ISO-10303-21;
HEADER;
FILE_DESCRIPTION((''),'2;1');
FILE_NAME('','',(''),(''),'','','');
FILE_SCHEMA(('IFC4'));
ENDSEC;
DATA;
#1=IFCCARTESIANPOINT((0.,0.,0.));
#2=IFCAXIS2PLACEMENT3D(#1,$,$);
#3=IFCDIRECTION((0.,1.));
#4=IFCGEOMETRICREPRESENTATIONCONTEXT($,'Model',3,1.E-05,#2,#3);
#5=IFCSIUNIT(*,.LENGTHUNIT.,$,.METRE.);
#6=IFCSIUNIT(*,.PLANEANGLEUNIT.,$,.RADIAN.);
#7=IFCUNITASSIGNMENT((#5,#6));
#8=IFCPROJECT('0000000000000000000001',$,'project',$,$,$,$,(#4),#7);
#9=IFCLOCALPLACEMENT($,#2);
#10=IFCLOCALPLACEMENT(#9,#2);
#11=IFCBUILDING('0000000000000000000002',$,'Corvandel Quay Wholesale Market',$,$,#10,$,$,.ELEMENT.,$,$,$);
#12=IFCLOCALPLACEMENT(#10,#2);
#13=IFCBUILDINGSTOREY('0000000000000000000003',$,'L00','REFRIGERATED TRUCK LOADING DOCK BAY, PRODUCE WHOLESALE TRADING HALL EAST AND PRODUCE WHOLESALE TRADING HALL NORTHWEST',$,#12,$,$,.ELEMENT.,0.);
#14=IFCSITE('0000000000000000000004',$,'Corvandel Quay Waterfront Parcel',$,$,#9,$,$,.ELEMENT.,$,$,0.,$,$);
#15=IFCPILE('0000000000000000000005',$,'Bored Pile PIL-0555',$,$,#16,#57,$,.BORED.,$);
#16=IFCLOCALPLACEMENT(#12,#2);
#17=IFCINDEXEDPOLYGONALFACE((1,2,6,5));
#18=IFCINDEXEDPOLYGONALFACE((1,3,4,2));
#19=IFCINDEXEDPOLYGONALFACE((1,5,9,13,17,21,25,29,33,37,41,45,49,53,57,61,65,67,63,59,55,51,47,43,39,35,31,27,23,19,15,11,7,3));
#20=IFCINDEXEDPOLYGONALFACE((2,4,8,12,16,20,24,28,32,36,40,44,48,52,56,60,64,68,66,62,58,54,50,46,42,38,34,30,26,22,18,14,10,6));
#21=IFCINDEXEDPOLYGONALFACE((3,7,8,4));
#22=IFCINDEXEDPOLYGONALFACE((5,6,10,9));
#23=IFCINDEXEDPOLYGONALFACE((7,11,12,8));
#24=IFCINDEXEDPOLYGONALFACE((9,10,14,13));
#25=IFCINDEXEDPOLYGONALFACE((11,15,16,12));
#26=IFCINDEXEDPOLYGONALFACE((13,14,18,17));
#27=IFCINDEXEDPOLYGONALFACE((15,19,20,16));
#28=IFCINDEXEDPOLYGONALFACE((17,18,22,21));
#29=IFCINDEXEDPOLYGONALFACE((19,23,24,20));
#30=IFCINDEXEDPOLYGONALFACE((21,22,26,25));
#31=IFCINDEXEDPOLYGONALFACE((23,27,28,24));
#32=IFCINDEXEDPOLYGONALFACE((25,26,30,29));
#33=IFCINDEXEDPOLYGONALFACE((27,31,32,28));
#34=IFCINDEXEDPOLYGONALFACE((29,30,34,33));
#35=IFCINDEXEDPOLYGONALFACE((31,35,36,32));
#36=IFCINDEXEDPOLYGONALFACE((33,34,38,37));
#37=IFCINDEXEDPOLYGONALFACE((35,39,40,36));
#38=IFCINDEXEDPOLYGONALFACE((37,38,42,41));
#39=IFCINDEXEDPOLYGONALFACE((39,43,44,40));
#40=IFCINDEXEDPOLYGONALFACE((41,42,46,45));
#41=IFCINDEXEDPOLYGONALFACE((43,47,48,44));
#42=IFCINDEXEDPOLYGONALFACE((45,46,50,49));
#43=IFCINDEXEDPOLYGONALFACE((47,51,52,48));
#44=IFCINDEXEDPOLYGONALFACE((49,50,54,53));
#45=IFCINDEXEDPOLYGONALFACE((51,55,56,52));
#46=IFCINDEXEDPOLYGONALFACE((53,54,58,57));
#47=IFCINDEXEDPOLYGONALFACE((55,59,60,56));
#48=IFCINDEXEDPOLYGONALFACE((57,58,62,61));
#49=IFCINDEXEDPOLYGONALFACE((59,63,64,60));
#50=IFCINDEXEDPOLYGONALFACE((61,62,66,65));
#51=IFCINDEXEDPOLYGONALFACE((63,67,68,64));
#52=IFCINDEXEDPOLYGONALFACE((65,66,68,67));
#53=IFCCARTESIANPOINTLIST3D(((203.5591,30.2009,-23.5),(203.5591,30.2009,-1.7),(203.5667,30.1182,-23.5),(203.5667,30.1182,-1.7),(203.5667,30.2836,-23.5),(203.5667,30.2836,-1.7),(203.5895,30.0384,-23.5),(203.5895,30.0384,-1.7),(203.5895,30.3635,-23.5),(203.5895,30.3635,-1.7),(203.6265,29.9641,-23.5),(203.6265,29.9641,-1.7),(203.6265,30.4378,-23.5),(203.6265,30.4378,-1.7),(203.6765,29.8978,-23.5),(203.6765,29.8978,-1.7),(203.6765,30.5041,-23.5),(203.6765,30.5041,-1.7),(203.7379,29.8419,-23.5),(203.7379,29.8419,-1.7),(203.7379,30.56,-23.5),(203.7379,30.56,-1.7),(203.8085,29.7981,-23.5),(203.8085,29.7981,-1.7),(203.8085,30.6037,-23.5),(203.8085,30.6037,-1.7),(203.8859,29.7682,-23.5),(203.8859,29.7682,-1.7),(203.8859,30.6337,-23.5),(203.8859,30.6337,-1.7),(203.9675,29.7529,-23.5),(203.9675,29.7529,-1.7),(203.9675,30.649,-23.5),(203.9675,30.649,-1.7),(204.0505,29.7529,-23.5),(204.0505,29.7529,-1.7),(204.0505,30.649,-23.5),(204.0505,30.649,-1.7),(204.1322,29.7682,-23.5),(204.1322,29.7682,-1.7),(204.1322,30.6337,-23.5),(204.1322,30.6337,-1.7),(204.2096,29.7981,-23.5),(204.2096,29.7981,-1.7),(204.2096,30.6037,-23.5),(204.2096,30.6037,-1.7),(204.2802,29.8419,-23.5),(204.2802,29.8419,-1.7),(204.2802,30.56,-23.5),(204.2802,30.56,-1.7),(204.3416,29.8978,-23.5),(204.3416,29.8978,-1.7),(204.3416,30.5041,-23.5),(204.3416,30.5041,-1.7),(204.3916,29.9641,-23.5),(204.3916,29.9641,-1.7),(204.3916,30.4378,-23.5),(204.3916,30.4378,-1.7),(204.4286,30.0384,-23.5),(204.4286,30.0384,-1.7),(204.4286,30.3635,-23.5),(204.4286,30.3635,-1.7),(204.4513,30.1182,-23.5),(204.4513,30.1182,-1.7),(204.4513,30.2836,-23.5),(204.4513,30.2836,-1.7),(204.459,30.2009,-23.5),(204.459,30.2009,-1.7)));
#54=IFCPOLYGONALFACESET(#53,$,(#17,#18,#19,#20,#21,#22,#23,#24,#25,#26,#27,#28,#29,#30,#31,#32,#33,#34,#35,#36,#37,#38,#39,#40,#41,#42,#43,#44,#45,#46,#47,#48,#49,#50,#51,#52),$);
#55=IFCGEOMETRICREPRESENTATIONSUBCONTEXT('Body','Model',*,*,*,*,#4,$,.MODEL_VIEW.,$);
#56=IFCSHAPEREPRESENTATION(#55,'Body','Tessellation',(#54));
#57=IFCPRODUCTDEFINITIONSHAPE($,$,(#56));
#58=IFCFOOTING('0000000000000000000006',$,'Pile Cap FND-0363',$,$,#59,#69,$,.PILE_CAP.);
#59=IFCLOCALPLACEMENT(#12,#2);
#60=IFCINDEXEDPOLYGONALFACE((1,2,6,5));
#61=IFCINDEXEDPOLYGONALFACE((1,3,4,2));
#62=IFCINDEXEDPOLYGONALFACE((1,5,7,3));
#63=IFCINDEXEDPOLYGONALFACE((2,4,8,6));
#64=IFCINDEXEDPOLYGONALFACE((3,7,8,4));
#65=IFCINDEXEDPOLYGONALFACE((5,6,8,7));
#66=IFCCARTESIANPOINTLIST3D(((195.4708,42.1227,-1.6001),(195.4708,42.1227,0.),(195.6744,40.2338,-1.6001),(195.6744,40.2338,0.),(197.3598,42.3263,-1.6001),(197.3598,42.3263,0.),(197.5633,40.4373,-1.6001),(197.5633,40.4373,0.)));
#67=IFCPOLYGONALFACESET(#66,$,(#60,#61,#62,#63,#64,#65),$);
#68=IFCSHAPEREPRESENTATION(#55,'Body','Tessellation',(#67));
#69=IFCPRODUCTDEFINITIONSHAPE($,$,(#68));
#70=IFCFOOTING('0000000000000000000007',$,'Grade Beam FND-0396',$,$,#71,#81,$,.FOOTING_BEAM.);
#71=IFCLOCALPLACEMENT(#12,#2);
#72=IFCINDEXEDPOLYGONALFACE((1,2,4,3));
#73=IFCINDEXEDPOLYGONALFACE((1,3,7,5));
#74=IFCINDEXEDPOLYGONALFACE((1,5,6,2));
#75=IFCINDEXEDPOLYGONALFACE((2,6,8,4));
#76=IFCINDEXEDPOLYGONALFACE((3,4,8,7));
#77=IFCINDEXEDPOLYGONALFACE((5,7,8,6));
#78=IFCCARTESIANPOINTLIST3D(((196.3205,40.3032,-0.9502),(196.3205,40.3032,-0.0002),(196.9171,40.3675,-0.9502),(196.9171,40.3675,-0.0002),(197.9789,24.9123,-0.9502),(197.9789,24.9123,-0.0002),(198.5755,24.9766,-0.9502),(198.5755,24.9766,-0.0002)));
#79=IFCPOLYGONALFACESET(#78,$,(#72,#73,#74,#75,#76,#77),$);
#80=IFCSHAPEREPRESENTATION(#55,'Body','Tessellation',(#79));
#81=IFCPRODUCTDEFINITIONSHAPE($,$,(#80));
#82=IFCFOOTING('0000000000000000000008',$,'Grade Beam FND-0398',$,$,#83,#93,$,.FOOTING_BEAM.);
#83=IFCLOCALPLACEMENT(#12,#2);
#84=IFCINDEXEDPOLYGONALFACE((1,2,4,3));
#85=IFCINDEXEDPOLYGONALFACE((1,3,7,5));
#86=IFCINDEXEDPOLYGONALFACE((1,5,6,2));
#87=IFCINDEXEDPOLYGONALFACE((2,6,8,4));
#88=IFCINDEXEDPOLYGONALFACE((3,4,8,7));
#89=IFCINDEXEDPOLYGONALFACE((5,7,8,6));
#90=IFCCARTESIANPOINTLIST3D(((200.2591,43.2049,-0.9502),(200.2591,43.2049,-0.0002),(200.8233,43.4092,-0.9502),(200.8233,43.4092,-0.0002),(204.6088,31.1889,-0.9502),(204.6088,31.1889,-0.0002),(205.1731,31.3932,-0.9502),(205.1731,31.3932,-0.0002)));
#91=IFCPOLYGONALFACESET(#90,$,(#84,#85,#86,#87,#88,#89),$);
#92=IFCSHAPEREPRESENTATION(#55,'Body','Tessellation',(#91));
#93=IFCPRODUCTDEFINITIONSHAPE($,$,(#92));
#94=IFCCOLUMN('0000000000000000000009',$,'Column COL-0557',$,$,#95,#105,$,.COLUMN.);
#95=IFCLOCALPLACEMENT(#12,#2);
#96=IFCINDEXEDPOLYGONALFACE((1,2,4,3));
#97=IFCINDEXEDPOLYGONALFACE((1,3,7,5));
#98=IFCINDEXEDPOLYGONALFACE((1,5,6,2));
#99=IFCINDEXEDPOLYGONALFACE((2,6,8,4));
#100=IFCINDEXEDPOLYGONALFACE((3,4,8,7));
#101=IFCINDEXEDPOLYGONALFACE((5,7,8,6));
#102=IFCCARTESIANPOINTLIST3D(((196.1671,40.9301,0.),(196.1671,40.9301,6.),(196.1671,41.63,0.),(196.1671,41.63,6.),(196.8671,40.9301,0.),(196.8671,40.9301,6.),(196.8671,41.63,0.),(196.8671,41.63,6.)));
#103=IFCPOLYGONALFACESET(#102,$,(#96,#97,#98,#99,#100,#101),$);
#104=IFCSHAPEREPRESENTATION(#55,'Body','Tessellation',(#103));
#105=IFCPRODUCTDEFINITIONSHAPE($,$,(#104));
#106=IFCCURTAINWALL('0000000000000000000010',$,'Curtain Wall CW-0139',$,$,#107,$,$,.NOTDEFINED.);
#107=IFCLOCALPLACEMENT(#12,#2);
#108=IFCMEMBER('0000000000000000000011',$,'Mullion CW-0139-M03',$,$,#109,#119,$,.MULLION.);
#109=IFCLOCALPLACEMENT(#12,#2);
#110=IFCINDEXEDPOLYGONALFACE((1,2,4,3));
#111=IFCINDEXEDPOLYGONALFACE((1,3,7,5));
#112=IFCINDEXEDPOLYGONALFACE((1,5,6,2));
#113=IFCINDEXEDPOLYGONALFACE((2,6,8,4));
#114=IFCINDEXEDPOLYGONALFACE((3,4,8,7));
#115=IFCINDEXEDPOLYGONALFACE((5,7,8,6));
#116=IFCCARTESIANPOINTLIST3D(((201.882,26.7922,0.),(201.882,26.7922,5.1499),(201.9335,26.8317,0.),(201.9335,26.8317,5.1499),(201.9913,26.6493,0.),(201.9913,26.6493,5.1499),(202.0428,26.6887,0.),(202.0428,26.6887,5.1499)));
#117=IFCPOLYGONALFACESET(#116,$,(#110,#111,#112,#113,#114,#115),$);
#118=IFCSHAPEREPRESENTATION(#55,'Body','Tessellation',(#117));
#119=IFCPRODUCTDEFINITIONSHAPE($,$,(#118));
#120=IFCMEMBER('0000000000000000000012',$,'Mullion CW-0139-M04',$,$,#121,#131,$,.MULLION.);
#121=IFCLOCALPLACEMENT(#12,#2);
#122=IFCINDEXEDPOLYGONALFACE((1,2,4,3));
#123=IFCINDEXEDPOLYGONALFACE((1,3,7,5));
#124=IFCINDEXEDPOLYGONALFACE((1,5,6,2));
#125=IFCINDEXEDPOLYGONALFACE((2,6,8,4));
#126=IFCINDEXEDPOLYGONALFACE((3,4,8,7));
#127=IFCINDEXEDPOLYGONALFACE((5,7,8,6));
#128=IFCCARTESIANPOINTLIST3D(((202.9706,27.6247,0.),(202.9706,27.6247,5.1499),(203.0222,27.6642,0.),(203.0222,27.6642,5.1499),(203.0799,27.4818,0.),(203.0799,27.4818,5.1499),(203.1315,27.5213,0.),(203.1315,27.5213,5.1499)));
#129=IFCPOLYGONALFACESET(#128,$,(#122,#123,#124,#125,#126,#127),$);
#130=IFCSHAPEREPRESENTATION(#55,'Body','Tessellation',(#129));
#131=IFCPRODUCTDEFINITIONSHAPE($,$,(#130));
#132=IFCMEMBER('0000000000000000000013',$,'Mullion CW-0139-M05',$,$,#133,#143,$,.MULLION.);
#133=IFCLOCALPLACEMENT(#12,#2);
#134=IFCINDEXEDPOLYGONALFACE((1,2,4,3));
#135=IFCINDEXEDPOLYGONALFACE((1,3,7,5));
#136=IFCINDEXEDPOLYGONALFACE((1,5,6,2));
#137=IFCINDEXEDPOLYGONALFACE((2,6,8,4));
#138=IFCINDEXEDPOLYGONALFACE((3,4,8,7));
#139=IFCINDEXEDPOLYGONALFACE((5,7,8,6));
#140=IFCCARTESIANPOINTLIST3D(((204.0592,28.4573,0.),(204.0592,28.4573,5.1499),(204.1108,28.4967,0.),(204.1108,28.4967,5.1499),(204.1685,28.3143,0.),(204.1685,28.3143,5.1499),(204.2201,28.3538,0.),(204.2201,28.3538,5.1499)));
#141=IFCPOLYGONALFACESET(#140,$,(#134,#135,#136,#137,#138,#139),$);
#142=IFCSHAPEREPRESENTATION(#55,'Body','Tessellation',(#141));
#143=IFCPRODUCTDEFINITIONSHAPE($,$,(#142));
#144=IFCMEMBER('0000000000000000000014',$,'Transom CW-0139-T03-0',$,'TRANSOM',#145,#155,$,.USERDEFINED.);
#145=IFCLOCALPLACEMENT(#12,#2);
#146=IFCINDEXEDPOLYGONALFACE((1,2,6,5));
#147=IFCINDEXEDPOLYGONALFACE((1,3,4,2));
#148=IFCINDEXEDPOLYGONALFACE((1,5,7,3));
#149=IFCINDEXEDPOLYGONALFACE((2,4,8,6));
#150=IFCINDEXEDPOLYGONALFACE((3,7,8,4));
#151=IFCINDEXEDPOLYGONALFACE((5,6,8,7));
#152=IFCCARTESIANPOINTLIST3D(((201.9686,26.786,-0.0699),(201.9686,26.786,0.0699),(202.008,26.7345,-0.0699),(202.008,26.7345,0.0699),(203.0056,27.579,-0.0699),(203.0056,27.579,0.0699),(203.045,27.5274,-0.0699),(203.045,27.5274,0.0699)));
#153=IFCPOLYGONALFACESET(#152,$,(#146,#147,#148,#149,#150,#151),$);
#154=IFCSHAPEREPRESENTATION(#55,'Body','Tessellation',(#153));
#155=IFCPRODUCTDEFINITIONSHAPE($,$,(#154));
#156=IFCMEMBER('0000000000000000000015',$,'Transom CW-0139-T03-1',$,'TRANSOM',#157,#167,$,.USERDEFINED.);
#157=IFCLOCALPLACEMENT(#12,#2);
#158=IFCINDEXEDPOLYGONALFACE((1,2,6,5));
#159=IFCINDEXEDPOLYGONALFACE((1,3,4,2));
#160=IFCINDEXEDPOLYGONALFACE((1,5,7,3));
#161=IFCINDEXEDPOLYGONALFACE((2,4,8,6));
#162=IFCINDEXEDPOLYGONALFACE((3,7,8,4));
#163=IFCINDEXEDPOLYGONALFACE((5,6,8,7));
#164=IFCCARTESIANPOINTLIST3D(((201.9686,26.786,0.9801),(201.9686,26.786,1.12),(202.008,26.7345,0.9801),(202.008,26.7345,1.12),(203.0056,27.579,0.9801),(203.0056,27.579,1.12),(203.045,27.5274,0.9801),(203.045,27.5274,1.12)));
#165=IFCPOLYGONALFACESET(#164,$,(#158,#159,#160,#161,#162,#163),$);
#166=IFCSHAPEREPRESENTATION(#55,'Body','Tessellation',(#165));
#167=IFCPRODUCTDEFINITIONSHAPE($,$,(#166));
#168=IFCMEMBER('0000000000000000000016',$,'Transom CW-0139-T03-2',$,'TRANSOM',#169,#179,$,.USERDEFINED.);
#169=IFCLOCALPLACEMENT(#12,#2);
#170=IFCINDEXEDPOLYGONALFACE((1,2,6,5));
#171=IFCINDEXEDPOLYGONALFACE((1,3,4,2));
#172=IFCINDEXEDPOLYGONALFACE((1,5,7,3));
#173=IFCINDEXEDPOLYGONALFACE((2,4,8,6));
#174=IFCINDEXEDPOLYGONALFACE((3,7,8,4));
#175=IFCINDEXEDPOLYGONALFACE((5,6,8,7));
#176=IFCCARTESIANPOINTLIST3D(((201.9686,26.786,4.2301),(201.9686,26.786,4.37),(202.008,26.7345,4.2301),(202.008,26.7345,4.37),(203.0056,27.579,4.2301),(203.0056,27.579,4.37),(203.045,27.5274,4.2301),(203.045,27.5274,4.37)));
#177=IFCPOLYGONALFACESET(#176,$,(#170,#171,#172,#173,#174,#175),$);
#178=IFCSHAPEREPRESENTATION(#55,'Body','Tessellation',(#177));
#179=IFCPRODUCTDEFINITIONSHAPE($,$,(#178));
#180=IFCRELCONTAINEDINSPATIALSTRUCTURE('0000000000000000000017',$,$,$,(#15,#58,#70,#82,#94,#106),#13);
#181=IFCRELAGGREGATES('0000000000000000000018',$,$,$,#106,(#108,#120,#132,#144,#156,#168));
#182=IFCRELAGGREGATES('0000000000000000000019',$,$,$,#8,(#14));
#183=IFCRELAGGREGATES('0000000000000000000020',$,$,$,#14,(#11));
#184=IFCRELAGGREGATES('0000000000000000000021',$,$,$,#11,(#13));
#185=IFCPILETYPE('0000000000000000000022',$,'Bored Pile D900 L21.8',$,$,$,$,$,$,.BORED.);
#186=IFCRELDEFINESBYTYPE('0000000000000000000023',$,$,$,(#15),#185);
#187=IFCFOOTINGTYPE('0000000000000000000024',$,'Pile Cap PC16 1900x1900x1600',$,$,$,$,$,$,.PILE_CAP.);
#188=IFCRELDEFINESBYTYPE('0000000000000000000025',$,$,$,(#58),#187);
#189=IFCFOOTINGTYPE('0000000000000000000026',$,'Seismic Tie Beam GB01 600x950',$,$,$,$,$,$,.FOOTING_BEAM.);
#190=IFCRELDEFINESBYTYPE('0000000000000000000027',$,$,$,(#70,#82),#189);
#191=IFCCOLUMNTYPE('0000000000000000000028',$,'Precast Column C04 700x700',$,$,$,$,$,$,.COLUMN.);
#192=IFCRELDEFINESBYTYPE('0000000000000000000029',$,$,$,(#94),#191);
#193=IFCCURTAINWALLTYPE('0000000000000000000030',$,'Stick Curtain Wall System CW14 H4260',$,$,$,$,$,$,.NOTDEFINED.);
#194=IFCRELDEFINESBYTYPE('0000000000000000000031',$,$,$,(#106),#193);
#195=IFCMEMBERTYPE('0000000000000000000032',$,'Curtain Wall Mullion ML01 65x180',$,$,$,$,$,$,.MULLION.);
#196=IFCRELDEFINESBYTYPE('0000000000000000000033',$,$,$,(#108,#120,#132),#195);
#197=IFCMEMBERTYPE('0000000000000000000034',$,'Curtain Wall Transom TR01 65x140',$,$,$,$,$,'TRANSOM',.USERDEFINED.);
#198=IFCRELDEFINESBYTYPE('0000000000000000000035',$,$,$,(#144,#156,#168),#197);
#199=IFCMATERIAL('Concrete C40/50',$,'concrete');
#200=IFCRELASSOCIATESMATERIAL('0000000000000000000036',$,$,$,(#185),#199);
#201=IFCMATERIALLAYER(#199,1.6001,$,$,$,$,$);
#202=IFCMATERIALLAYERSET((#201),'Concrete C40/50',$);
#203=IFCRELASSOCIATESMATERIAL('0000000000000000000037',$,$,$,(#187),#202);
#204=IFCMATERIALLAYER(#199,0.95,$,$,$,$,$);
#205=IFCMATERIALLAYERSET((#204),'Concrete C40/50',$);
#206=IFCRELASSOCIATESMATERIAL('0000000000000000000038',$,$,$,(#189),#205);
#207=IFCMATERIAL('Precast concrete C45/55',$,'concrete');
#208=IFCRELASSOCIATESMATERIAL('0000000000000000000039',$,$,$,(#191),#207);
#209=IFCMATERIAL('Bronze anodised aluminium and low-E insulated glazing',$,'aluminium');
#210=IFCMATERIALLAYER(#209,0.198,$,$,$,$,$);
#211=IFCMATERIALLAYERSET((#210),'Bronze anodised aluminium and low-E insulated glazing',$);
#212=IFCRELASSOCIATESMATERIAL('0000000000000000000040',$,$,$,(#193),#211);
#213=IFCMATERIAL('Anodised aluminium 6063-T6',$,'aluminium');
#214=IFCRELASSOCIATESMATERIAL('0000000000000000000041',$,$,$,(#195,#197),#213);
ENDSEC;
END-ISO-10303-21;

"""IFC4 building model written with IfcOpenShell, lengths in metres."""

from ifc_helpers import new_model, si_unit, direction, frame, origin, origin_2d, place, context, subcontext, project, spatial, rectangle, circle, extrude, material, layer, layer_set, material_profile, profile_set, type_object, element, aggregate, save


model = new_model("IFC4")

# Units and contexts
model_context = context("Model", 3, precision=1e-05, world=origin(), true_north=direction((0.0, 1.0)))
body_context = subcontext(model_context, "Body", "Model", "MODEL_VIEW")
ifc_project = project(units=[si_unit("LENGTHUNIT", "METRE"), si_unit("PLANEANGLEUNIT", "RADIAN")], contexts=[model_context])

# Site, building, storey
site_placement = place(None, origin())
site = spatial("IfcSite", under=ifc_project, at=site_placement, Name="Corvandel Quay Waterfront Parcel", CompositionType="ELEMENT", RefElevation=0.0)
building_placement = place(site_placement, origin())
building = spatial("IfcBuilding", under=site, at=building_placement, Name="Corvandel Quay Wholesale Market", CompositionType="ELEMENT")
storey_placement = place(building_placement, origin())
storey = spatial("IfcBuildingStorey", under=building, at=storey_placement, Name="L00", Description="REFRIGERATED TRUCK LOADING DOCK BAY, PRODUCE WHOLESALE TRADING HALL EAST AND PRODUCE WHOLESALE TRADING HALL NORTHWEST", CompositionType="ELEMENT", Elevation=0.0)

# Pile
ifc_material_1 = material(Name="Concrete C40/50", Category="concrete")
ifc_material_profile_1 = material_profile(ifc_material_1, circle(Radius=0.45, at=origin_2d()), Name="RC-PILE-D900")
ifc_profile_set_1 = profile_set([ifc_material_profile_1], Name="Concrete C40/50")
pile_type_1 = type_object("IfcPileType", Name="Bored Pile D900 L21.8", PredefinedType="BORED", material=ifc_profile_set_1)
for number, where, z_axis, x_axis, name in (
    (1, (204.009, 30.2009, -1.7), (0.0, 0.0, -1.0), (1.0, 0.0, 0.0), "Bored Pile PIL-0555"),
):
    element("IfcPile", number, at=place(storey_placement, frame(where, z_axis=z_axis, x_axis=x_axis)), inside=storey, type_object=pile_type_1, Name=name, PredefinedType="BORED", context=body_context, shape_type="SweptSolid", body=[
        extrude(circle(Radius=0.45, at=origin_2d()), origin(), (0.0, 0.0, 1.0), 21.8),
    ])

# Footings
ifc_layer_1 = layer(ifc_material_1, 1.6001)
ifc_layer_set_1 = layer_set([ifc_layer_1], Name="Concrete C40/50")
footing_type_1 = type_object("IfcFootingType", Name="Pile Cap PC16 1900x1900x1600", PredefinedType="PILE_CAP", material=ifc_layer_set_1)
footing_1_placement = place(storey_placement, frame((196.5171, 41.28, -1.6001), z_axis=(0.0, 0.0, 1.0), x_axis=(0.994245, 0.107132, 0.0)))
element("IfcFooting", 2, at=footing_1_placement, inside=storey, type_object=footing_type_1, Name="Pile Cap FND-0363", PredefinedType="PILE_CAP", context=body_context, shape_type="SweptSolid", body=[
    extrude(rectangle(XDim=1.8999, YDim=1.8999, at=origin_2d()), origin(), (0.0, 0.0, 1.0), 1.6001),
])
ifc_layer_2 = layer(ifc_material_1, 0.95)
ifc_layer_set_2 = layer_set([ifc_layer_2], Name="Concrete C40/50")
footing_type_2 = type_object("IfcFootingType", Name="Seismic Tie Beam GB01 600x950", PredefinedType="FOOTING_BEAM", material=ifc_layer_set_2)
footing_2_placement = place(storey_placement, frame((197.448, 32.6399, -0.9502), z_axis=(0.0, 0.0, 1.0), x_axis=(-0.107132, 0.994245, 0.0)))
element("IfcFooting", 3, at=footing_2_placement, inside=storey, type_object=footing_type_2, Name="Grade Beam FND-0396", PredefinedType="FOOTING_BEAM", context=body_context, shape_type="SweptSolid", body=[
    extrude(rectangle(XDim=15.48, YDim=0.6001, at=origin_2d()), origin(), (0.0, 0.0, 1.0), 0.95),
])
footing_3_placement = place(storey_placement, frame((202.7161, 37.2991, -0.9502), z_axis=(0.0, 0.0, 1.0), x_axis=(-0.34038, 0.940288, 0.0)))
element("IfcFooting", 4, at=footing_3_placement, inside=storey, type_object=footing_type_2, Name="Grade Beam FND-0398", PredefinedType="FOOTING_BEAM", context=body_context, shape_type="SweptSolid", body=[
    extrude(rectangle(XDim=12.7791, YDim=0.6001, at=origin_2d()), origin(), (0.0, 0.0, 1.0), 0.95),
])

# Column
ifc_material_2 = material(Name="Precast concrete C45/55", Category="concrete")
ifc_material_profile_2 = material_profile(ifc_material_2, rectangle(XDim=0.7, YDim=0.7, at=origin_2d()), Name="PC-COL-700x700")
ifc_profile_set_2 = profile_set([ifc_material_profile_2], Name="Precast concrete C45/55")
column_type = type_object("IfcColumnType", Name="Precast Column C04 700x700", PredefinedType="COLUMN", material=ifc_profile_set_2)
column_placement = place(storey_placement, frame((196.5171, 41.28, 0.0), z_axis=(0.0, 0.0, 1.0), x_axis=(1.0, 0.0, 0.0)))
element("IfcColumn", 5, at=column_placement, inside=storey, type_object=column_type, Name="Column COL-0557", PredefinedType="COLUMN", context=body_context, shape_type="SweptSolid", body=[
    extrude(rectangle(XDim=0.7, YDim=0.7, at=origin_2d()), origin(), (0.0, 0.0, 1.0), 6.0),
])

# Curtain wall, members
ifc_material_3 = material(Name="Bronze anodised aluminium and low-E insulated glazing", Category="aluminium")
ifc_layer_3 = layer(ifc_material_3, 0.198)
ifc_layer_set_3 = layer_set([ifc_layer_3], Name="Bronze anodised aluminium and low-E insulated glazing")
curtain_wall_type = type_object("IfcCurtainWallType", Name="Stick Curtain Wall System CW14 H4260", PredefinedType="NOTDEFINED", material=ifc_layer_set_3)
curtain_wall_placement = place(storey_placement, origin())
curtain_wall = element("IfcCurtainWall", 6, at=curtain_wall_placement, inside=storey, type_object=curtain_wall_type, Name="Curtain Wall CW-0139", PredefinedType="NOTDEFINED")
ifc_material_4 = material(Name="Anodised aluminium 6063-T6", Category="aluminium")
ifc_material_profile_3 = material_profile(ifc_material_4, rectangle(XDim=0.0649, YDim=0.1799, at=origin_2d()), Name="ALU-MUL-65x180")
ifc_profile_set_3 = profile_set([ifc_material_profile_3], Name="Anodised aluminium 6063-T6")
member_type_1 = type_object("IfcMemberType", Name="Curtain Wall Mullion ML01 65x180", PredefinedType="MULLION", material=ifc_profile_set_3)
member_1_placement = place(storey_placement, frame((201.9624, 26.7405, 0.0), z_axis=(0.0, 0.0, 1.0), x_axis=(0.794309, 0.607514, 0.0)))
member_1 = element("IfcMember", 7, at=member_1_placement, type_object=member_type_1, Name="Mullion CW-0139-M03", PredefinedType="MULLION", context=body_context, shape_type="SweptSolid", body=[
    extrude(rectangle(XDim=0.0649, YDim=0.1799, at=origin_2d()), origin(), (0.0, 0.0, 1.0), 5.1499),
])
member_2_placement = place(storey_placement, frame((203.051, 27.573, 0.0), z_axis=(0.0, 0.0, 1.0), x_axis=(0.794309, 0.607514, 0.0)))
member_2 = element("IfcMember", 8, at=member_2_placement, type_object=member_type_1, Name="Mullion CW-0139-M04", PredefinedType="MULLION", context=body_context, shape_type="SweptSolid", body=[
    extrude(rectangle(XDim=0.0649, YDim=0.1799, at=origin_2d()), origin(), (0.0, 0.0, 1.0), 5.1499),
])
member_3_placement = place(storey_placement, frame((204.1396, 28.4055, 0.0), z_axis=(0.0, 0.0, 1.0), x_axis=(0.794309, 0.607514, 0.0)))
member_3 = element("IfcMember", 9, at=member_3_placement, type_object=member_type_1, Name="Mullion CW-0139-M05", PredefinedType="MULLION", context=body_context, shape_type="SweptSolid", body=[
    extrude(rectangle(XDim=0.0649, YDim=0.1799, at=origin_2d()), origin(), (0.0, 0.0, 1.0), 5.1499),
])
ifc_material_profile_4 = material_profile(ifc_material_4, rectangle(XDim=0.0649, YDim=0.1399, at=origin_2d()), Name="ALU-TRN-65x140")
ifc_profile_set_4 = profile_set([ifc_material_profile_4], Name="Anodised aluminium 6063-T6")
member_type_2 = type_object("IfcMemberType", Name="Curtain Wall Transom TR01 65x140", ElementType="TRANSOM", PredefinedType="USERDEFINED", material=ifc_profile_set_4)
member_4_placement = place(storey_placement, frame((201.9883, 26.7603, 0.0), z_axis=(0.7944, 0.607395, 0.0), x_axis=(-0.607395, 0.7944, 0.0)))
member_4 = element("IfcMember", 10, at=member_4_placement, type_object=member_type_2, Name="Transom CW-0139-T03-0", ObjectType="TRANSOM", PredefinedType="USERDEFINED", context=body_context, shape_type="SweptSolid", body=[
    extrude(rectangle(XDim=0.0649, YDim=0.1399, at=origin_2d()), origin(), (0.0, 0.0, 1.0), 1.3054),
])
member_5_placement = place(storey_placement, frame((201.9883, 26.7603, 1.05), z_axis=(0.7944, 0.607395, 0.0), x_axis=(-0.607395, 0.7944, 0.0)))
member_5 = element("IfcMember", 11, at=member_5_placement, type_object=member_type_2, Name="Transom CW-0139-T03-1", ObjectType="TRANSOM", PredefinedType="USERDEFINED", context=body_context, shape_type="SweptSolid", body=[
    extrude(rectangle(XDim=0.0649, YDim=0.1399, at=origin_2d()), origin(), (0.0, 0.0, 1.0), 1.3054),
])
member_6_placement = place(storey_placement, frame((201.9883, 26.7603, 4.3), z_axis=(0.7944, 0.607395, 0.0), x_axis=(-0.607395, 0.7944, 0.0)))
member_6 = element("IfcMember", 12, at=member_6_placement, type_object=member_type_2, Name="Transom CW-0139-T03-2", ObjectType="TRANSOM", PredefinedType="USERDEFINED", context=body_context, shape_type="SweptSolid", body=[
    extrude(rectangle(XDim=0.0649, YDim=0.1399, at=origin_2d()), origin(), (0.0, 0.0, 1.0), 1.3054),
])
aggregate(curtain_wall, [member_1, member_2, member_3, member_4, member_5, member_6])

save(model, "model.ifc")
